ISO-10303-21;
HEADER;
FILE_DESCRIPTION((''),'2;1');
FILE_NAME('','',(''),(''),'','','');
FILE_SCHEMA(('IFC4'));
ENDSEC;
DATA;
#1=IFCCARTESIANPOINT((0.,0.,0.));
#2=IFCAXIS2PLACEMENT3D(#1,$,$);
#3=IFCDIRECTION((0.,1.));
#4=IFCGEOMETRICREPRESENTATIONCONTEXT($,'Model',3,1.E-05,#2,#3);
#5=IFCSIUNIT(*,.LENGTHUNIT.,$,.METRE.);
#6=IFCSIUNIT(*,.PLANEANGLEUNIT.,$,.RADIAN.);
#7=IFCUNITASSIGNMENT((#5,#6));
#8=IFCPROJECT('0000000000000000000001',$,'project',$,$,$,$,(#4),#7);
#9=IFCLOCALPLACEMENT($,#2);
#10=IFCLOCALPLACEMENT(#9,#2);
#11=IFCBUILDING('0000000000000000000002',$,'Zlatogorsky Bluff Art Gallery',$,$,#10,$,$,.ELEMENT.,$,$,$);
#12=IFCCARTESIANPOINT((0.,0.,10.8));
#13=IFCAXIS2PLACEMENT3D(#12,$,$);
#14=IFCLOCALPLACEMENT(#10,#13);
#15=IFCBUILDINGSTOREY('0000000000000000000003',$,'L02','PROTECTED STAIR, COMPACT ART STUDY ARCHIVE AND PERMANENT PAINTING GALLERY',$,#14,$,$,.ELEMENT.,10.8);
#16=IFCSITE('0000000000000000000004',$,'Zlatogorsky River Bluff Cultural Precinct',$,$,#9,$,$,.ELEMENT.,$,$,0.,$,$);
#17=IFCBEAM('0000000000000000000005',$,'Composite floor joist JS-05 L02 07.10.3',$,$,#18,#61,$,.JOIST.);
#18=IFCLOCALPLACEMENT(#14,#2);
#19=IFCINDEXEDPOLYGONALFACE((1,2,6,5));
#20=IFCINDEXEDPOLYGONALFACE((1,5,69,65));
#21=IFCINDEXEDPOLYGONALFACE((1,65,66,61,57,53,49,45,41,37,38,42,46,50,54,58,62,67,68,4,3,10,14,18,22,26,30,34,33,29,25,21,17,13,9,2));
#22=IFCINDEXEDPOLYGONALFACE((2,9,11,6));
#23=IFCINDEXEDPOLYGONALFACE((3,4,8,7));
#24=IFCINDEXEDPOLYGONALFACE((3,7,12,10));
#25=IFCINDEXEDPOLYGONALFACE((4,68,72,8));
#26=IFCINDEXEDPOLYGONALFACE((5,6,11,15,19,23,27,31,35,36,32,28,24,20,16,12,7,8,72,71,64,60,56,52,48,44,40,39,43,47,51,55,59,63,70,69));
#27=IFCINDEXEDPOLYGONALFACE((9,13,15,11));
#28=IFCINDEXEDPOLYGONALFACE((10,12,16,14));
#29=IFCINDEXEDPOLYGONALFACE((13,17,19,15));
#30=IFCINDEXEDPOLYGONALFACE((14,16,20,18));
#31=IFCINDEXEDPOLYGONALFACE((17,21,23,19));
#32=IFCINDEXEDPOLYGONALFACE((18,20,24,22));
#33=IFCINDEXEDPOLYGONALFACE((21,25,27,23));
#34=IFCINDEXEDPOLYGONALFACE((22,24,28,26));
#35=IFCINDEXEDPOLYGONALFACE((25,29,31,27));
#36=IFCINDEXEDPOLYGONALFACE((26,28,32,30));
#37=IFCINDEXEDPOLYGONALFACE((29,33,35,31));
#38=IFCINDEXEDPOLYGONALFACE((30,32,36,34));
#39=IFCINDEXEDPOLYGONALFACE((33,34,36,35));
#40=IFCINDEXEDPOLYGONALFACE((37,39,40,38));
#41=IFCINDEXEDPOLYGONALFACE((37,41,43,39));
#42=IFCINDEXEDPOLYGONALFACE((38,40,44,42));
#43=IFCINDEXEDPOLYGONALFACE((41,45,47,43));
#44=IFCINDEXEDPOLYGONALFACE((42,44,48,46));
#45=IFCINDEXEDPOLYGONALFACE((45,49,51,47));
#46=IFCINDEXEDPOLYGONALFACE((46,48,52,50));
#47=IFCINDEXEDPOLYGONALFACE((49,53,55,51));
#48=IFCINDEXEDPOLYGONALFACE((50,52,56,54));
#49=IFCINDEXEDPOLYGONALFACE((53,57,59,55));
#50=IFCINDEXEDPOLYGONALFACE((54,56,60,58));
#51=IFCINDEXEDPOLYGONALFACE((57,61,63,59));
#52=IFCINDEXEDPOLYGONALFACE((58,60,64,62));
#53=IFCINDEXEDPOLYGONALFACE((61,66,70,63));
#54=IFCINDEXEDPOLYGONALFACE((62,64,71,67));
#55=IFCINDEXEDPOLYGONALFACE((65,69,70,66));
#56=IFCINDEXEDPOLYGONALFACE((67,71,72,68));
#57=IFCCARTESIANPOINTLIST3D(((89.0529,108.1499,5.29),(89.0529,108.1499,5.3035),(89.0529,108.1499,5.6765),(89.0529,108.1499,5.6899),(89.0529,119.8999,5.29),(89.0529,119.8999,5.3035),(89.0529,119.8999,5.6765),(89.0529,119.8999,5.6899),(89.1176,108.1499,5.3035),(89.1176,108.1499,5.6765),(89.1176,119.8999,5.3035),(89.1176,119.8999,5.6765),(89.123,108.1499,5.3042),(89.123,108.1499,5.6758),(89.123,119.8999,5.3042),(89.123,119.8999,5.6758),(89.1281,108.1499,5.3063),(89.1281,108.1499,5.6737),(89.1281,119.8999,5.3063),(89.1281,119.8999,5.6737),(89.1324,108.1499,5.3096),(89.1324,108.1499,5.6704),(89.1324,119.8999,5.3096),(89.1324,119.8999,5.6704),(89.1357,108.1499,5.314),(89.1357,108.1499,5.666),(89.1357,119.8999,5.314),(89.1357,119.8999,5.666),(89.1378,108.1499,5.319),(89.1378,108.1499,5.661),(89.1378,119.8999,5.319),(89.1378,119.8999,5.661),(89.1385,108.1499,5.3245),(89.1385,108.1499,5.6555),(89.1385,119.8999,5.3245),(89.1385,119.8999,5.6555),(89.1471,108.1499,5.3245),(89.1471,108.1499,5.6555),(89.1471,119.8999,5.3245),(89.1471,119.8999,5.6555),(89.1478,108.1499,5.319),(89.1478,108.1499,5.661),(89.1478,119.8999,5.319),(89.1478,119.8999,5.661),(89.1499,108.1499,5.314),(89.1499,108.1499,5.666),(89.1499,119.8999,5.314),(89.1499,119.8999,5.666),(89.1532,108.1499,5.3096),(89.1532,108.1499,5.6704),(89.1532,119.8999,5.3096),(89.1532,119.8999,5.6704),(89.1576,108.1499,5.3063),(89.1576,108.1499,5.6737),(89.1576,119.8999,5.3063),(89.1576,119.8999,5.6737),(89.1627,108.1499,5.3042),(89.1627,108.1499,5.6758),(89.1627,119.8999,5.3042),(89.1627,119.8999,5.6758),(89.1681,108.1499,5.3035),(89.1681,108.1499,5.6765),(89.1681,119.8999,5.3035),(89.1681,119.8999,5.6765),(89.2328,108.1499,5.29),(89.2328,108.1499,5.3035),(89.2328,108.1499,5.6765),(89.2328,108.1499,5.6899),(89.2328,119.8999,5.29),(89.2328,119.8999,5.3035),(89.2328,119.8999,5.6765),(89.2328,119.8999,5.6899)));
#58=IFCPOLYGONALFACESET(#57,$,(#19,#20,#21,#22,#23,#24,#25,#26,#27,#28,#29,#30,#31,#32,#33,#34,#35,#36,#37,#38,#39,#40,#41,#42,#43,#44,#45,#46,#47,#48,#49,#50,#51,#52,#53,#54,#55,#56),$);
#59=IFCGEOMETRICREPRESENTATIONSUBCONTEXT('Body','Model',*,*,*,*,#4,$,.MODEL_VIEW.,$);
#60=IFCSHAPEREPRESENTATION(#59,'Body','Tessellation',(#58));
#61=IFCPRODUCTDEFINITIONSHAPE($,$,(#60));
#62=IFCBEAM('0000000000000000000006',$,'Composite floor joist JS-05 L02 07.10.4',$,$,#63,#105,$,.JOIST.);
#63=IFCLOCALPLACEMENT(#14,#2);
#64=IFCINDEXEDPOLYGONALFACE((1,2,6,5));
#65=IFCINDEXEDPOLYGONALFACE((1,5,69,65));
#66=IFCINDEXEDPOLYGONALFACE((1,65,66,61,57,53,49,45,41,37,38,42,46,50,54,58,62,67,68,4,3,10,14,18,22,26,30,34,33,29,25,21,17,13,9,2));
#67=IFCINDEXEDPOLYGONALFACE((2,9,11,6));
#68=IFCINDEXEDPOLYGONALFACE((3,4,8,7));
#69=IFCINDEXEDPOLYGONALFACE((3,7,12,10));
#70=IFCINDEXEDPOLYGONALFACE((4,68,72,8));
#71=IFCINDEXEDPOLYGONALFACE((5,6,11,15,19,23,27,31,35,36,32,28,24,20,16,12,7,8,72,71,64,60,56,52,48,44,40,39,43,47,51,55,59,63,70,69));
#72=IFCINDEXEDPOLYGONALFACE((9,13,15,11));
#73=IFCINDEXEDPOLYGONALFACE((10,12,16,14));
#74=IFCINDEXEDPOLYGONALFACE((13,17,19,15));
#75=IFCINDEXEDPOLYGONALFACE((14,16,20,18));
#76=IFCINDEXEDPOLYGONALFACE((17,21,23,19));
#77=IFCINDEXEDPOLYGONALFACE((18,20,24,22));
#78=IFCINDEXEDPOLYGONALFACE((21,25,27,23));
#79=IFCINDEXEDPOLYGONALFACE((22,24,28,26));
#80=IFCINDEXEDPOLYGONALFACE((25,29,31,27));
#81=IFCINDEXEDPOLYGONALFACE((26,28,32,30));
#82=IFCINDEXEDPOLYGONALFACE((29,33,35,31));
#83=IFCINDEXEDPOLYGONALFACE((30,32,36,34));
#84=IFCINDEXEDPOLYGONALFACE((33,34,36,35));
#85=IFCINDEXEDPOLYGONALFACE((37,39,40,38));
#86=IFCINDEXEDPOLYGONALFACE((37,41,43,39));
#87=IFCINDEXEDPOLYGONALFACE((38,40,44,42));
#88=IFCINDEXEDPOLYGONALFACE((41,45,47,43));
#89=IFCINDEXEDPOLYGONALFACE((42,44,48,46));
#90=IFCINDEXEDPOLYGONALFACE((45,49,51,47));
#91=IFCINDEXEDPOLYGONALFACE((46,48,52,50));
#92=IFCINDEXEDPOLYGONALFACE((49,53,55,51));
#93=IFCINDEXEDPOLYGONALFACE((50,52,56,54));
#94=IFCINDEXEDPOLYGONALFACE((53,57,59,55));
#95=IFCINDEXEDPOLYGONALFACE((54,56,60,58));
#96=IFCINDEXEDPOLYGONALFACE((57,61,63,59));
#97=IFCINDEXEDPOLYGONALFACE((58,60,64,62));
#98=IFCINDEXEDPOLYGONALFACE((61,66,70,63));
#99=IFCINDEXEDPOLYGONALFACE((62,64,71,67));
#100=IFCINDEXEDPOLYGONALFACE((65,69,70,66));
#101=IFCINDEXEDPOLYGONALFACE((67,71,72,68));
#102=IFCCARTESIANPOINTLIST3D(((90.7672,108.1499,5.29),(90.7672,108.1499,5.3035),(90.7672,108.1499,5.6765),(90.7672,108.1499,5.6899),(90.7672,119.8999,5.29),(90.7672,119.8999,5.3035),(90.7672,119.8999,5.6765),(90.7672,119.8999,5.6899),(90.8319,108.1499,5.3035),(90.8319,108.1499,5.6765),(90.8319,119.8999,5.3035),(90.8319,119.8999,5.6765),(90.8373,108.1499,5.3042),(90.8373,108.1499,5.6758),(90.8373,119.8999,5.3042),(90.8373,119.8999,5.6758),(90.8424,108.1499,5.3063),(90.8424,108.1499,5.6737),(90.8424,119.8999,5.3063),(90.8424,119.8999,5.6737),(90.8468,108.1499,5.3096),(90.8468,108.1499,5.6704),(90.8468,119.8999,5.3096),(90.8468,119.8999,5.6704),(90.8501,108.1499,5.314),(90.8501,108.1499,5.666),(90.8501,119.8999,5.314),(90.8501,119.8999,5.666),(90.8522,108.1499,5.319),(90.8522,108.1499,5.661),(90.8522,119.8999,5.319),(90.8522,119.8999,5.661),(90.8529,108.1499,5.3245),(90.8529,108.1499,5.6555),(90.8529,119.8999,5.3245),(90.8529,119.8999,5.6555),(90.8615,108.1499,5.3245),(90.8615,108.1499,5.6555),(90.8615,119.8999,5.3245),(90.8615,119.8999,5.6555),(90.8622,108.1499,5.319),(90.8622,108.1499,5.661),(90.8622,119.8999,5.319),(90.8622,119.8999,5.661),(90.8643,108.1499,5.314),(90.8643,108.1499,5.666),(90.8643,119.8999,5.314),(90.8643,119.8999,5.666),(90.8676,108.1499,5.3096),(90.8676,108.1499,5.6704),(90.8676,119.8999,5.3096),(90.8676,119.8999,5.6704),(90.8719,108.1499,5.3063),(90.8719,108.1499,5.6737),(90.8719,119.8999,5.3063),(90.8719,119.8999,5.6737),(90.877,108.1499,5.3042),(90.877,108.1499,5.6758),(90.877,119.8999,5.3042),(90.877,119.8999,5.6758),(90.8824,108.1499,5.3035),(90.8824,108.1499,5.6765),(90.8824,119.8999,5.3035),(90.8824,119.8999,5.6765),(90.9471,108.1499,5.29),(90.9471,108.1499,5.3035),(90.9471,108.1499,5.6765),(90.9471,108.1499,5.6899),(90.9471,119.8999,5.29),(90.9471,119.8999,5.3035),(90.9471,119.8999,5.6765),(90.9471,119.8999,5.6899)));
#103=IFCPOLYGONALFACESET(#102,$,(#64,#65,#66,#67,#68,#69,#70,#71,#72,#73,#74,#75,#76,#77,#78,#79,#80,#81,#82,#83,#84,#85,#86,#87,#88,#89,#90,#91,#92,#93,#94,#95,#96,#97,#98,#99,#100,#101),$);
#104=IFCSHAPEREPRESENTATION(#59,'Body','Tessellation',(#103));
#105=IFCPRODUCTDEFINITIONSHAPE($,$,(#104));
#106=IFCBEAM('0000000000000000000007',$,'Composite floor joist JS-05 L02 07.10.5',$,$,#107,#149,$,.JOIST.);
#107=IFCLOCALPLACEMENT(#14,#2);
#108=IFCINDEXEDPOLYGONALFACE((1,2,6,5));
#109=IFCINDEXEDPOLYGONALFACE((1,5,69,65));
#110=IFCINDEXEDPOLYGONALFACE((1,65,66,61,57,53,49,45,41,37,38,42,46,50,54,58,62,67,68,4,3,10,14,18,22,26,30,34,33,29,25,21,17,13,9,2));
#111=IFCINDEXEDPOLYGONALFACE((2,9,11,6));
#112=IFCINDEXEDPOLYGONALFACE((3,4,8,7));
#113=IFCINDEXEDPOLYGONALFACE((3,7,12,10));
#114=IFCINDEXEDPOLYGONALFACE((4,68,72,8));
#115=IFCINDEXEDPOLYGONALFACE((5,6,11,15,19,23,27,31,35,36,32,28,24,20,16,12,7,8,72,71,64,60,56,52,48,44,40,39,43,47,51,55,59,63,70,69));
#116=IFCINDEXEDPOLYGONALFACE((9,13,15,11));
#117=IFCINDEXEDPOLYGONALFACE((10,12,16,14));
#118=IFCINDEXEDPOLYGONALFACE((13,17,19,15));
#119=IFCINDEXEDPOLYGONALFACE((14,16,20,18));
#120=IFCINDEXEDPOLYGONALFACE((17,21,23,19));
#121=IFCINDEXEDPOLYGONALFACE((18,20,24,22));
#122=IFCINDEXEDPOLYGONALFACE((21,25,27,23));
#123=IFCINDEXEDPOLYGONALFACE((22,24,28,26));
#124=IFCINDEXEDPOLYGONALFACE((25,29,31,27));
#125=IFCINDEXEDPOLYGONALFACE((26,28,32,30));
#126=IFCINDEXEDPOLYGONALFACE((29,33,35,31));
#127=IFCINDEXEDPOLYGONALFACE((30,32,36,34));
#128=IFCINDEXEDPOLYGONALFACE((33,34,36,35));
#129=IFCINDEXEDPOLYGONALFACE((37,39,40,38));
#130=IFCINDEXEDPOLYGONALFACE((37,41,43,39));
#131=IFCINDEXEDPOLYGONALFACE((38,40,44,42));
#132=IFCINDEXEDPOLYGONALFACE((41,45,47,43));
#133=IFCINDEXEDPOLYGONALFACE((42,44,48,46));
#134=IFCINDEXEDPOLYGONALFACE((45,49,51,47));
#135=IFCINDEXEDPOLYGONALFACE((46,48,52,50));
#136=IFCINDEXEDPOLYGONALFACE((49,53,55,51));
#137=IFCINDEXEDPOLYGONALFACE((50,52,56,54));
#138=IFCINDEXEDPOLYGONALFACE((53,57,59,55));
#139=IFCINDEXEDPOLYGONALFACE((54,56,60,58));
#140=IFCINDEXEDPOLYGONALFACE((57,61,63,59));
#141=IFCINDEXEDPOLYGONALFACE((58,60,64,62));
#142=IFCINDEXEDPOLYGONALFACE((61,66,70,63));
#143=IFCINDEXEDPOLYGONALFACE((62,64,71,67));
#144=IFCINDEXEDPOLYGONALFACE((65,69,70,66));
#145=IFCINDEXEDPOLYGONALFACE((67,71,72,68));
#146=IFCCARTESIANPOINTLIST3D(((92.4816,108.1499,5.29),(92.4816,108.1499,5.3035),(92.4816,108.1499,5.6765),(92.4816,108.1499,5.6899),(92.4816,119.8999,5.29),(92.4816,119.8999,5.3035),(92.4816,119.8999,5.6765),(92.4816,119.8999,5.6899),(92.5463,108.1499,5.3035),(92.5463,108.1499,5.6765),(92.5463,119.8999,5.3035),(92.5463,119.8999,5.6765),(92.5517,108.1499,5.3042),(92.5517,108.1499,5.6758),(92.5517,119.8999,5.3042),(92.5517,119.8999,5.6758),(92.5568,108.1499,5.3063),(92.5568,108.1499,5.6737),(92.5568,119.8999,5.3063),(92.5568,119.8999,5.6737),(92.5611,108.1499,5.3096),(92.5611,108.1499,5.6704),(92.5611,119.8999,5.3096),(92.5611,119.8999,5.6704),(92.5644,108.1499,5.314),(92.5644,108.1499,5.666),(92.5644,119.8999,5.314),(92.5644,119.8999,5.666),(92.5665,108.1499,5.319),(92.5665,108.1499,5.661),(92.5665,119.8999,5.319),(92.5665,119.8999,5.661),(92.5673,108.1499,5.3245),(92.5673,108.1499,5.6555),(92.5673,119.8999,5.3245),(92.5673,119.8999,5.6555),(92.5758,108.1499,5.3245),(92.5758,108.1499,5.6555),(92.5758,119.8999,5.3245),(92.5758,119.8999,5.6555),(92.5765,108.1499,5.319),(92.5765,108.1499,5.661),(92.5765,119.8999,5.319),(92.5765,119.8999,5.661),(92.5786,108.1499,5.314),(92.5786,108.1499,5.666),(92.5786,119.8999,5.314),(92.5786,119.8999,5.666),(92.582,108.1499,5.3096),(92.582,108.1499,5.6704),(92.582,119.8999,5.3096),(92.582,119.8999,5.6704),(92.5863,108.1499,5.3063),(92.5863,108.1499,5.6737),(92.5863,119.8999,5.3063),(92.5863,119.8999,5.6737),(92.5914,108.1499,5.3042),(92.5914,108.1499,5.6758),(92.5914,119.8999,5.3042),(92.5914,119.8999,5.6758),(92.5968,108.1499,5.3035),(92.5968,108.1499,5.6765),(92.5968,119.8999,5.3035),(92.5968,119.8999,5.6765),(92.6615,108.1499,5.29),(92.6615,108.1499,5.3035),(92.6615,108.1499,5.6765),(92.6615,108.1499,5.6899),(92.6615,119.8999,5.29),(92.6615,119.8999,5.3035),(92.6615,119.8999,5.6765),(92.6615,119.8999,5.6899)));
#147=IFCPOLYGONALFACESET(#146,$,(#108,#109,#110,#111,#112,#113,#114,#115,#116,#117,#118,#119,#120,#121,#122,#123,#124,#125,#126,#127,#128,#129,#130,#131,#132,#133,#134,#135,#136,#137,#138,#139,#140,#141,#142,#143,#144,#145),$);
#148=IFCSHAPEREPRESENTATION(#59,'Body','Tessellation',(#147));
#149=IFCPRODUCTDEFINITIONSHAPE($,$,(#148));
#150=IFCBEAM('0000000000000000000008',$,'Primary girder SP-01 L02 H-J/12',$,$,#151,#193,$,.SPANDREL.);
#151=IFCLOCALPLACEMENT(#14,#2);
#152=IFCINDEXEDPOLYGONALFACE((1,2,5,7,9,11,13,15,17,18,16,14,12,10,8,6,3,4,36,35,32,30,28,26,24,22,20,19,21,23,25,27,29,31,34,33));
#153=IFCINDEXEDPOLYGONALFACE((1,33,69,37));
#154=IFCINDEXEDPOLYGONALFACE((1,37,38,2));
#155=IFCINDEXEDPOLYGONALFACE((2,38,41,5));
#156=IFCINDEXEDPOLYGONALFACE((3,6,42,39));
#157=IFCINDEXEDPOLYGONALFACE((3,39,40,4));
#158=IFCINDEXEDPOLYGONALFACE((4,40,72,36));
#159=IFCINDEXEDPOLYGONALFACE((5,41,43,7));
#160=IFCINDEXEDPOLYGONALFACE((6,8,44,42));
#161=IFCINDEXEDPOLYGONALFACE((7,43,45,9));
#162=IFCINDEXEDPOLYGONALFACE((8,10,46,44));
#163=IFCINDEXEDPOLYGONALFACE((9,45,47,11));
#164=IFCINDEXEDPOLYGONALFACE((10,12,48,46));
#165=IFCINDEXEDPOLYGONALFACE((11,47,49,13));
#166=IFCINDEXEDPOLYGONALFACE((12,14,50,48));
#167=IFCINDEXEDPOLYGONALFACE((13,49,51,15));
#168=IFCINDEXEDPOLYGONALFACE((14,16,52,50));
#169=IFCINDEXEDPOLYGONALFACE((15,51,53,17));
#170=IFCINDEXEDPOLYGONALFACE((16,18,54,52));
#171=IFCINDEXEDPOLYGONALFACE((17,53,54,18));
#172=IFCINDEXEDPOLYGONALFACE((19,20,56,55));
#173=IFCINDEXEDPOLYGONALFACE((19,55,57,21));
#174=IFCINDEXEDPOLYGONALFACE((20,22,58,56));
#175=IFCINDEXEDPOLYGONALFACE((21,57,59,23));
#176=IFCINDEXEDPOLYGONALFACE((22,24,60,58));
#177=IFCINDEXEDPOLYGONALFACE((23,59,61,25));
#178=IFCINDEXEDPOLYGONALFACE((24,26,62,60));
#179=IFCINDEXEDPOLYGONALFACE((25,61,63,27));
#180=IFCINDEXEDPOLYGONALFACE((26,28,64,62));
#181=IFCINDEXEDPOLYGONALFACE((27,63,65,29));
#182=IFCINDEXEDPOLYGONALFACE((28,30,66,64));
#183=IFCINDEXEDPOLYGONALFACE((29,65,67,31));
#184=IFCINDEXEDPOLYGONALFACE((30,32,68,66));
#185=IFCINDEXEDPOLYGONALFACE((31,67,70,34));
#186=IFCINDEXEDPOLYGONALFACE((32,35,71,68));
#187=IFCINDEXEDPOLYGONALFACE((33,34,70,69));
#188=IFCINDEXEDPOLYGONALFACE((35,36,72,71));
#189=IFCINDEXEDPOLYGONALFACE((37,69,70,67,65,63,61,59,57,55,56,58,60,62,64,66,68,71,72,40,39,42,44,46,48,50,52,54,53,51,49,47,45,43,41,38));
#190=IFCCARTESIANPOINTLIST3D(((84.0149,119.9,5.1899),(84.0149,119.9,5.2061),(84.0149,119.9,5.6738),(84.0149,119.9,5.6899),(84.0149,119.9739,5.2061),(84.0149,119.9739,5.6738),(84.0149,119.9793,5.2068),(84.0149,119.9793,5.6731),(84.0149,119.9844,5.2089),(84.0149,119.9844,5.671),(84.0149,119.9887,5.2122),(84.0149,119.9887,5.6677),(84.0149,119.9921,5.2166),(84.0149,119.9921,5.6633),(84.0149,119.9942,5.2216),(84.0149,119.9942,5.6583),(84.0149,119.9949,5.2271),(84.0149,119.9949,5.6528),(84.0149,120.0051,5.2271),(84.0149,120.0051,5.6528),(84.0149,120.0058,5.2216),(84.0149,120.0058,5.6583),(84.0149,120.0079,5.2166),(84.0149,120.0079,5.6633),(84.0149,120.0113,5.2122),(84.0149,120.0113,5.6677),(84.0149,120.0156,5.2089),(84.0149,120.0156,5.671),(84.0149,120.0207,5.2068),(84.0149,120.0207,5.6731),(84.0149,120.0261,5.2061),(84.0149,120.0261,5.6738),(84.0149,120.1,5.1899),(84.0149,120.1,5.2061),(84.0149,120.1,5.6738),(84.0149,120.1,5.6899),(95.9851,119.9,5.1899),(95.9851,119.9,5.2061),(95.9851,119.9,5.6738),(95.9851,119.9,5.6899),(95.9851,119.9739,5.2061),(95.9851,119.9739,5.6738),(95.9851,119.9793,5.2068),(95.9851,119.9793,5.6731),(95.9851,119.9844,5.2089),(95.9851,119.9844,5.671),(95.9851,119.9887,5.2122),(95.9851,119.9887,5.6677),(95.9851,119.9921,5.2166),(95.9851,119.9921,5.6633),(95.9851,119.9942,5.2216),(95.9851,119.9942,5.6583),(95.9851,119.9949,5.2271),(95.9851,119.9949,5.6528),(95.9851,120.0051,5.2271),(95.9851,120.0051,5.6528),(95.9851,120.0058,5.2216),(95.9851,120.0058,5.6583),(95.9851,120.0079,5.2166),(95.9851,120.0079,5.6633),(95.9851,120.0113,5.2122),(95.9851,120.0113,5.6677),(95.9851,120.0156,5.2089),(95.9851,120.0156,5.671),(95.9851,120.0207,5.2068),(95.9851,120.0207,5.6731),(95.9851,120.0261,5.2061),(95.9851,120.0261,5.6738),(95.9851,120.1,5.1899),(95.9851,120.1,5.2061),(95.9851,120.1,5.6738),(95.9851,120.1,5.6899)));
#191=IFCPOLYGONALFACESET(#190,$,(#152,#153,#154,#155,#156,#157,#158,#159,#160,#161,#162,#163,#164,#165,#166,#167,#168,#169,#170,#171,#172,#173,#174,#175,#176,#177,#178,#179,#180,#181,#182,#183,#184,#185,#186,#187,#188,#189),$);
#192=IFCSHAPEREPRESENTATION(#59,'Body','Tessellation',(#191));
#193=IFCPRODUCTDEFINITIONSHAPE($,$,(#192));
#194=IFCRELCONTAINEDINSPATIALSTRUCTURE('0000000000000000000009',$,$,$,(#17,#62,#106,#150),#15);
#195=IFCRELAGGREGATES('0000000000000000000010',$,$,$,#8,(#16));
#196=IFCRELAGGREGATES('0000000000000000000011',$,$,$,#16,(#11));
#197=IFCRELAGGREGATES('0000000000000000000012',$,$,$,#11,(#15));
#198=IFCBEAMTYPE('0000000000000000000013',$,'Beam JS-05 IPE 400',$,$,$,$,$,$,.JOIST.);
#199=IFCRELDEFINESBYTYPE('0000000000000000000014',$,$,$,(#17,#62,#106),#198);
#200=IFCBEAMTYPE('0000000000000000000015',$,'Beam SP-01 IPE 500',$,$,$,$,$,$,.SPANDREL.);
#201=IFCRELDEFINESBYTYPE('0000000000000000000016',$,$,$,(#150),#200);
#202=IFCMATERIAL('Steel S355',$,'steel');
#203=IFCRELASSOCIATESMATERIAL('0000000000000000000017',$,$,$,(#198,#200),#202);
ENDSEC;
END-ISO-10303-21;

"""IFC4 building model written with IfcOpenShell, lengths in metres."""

from ifc_helpers import new_model, si_unit, direction, frame, origin, origin_2d, place, context, subcontext, project, spatial, i_section, extrude, material, material_profile, profile_set, type_object, element, save


model = new_model("IFC4")

# Units and contexts
model_context = context("Model", 3, precision=1e-05, world=origin(), true_north=direction((0.0, 1.0)))
body_context = subcontext(model_context, "Body", "Model", "MODEL_VIEW")
ifc_project = project(units=[si_unit("LENGTHUNIT", "METRE"), si_unit("PLANEANGLEUNIT", "RADIAN")], contexts=[model_context])

# Site, building, storey
site_placement = place(None, origin())
site = spatial("IfcSite", under=ifc_project, at=site_placement, Name="Zlatogorsky River Bluff Cultural Precinct", CompositionType="ELEMENT", RefElevation=0.0)
building_placement = place(site_placement, origin())
building = spatial("IfcBuilding", under=site, at=building_placement, Name="Zlatogorsky Bluff Art Gallery", CompositionType="ELEMENT")
storey_placement = place(building_placement, frame((0.0, 0.0, 10.8)))
storey = spatial("IfcBuildingStorey", under=building, at=storey_placement, Name="L02", Description="PROTECTED STAIR, COMPACT ART STUDY ARCHIVE AND PERMANENT PAINTING GALLERY", CompositionType="ELEMENT", Elevation=10.8)

# Shared definitions
ifc_material_1 = material(Name="Steel S355", Category="steel")

# Beams
ifc_material_profile_1 = material_profile(ifc_material_1, i_section(OverallWidth=0.1799, OverallDepth=0.3999, WebThickness=0.0085, FlangeThickness=0.0134, FilletRadius=0.021, at=origin_2d()), Name="IPE 400")
ifc_profile_set_1 = profile_set([ifc_material_profile_1], Name="Steel S355")
beam_type_1 = type_object("IfcBeamType", Name="Beam JS-05 IPE 400", PredefinedType="JOIST", material=ifc_profile_set_1)
for number, where, z_axis, x_axis, name in (
    (1, (89.1428, 108.1499, 5.49), (0.0, 1.0, 0.0), (-1.0, 0.0, 0.0), "Composite floor joist JS-05 L02 07.10.3"),
    (2, (90.8572, 108.1499, 5.49), (0.0, 1.0, 0.0), (-1.0, 0.0, 0.0), "Composite floor joist JS-05 L02 07.10.4"),
    (3, (92.5715, 108.1499, 5.49), (0.0, 1.0, 0.0), (-1.0, 0.0, 0.0), "Composite floor joist JS-05 L02 07.10.5"),
):
    element("IfcBeam", number, at=place(storey_placement, frame(where, z_axis=z_axis, x_axis=x_axis)), inside=storey, type_object=beam_type_1, Name=name, PredefinedType="JOIST", context=body_context, shape_type="SweptSolid", body=[
        extrude(i_section(OverallWidth=0.1799, OverallDepth=0.3999, WebThickness=0.0085, FlangeThickness=0.0134, FilletRadius=0.021, at=origin_2d()), origin(), (0.0, 0.0, 1.0), 11.75),
    ])
ifc_material_profile_2 = material_profile(ifc_material_1, i_section(OverallWidth=0.2, OverallDepth=0.5, WebThickness=0.0103, FlangeThickness=0.0161, FilletRadius=0.021, at=origin_2d()), Name="IPE 500")
ifc_profile_set_2 = profile_set([ifc_material_profile_2], Name="Steel S355")
beam_type_2 = type_object("IfcBeamType", Name="Beam SP-01 IPE 500", PredefinedType="SPANDREL", material=ifc_profile_set_2)
beam_placement = place(storey_placement, frame((84.0149, 120.0, 5.4399), z_axis=(1.0, 0.0, 0.0), x_axis=(0.0, 1.0, 0.0)))
element("IfcBeam", 4, at=beam_placement, inside=storey, type_object=beam_type_2, Name="Primary girder SP-01 L02 H-J/12", PredefinedType="SPANDREL", context=body_context, shape_type="SweptSolid", body=[
    extrude(i_section(OverallWidth=0.2, OverallDepth=0.5, WebThickness=0.0103, FlangeThickness=0.0161, FilletRadius=0.021, at=origin_2d()), origin(), (0.0, 0.0, 1.0), 11.9702),
])

save(model, "model.ifc")
